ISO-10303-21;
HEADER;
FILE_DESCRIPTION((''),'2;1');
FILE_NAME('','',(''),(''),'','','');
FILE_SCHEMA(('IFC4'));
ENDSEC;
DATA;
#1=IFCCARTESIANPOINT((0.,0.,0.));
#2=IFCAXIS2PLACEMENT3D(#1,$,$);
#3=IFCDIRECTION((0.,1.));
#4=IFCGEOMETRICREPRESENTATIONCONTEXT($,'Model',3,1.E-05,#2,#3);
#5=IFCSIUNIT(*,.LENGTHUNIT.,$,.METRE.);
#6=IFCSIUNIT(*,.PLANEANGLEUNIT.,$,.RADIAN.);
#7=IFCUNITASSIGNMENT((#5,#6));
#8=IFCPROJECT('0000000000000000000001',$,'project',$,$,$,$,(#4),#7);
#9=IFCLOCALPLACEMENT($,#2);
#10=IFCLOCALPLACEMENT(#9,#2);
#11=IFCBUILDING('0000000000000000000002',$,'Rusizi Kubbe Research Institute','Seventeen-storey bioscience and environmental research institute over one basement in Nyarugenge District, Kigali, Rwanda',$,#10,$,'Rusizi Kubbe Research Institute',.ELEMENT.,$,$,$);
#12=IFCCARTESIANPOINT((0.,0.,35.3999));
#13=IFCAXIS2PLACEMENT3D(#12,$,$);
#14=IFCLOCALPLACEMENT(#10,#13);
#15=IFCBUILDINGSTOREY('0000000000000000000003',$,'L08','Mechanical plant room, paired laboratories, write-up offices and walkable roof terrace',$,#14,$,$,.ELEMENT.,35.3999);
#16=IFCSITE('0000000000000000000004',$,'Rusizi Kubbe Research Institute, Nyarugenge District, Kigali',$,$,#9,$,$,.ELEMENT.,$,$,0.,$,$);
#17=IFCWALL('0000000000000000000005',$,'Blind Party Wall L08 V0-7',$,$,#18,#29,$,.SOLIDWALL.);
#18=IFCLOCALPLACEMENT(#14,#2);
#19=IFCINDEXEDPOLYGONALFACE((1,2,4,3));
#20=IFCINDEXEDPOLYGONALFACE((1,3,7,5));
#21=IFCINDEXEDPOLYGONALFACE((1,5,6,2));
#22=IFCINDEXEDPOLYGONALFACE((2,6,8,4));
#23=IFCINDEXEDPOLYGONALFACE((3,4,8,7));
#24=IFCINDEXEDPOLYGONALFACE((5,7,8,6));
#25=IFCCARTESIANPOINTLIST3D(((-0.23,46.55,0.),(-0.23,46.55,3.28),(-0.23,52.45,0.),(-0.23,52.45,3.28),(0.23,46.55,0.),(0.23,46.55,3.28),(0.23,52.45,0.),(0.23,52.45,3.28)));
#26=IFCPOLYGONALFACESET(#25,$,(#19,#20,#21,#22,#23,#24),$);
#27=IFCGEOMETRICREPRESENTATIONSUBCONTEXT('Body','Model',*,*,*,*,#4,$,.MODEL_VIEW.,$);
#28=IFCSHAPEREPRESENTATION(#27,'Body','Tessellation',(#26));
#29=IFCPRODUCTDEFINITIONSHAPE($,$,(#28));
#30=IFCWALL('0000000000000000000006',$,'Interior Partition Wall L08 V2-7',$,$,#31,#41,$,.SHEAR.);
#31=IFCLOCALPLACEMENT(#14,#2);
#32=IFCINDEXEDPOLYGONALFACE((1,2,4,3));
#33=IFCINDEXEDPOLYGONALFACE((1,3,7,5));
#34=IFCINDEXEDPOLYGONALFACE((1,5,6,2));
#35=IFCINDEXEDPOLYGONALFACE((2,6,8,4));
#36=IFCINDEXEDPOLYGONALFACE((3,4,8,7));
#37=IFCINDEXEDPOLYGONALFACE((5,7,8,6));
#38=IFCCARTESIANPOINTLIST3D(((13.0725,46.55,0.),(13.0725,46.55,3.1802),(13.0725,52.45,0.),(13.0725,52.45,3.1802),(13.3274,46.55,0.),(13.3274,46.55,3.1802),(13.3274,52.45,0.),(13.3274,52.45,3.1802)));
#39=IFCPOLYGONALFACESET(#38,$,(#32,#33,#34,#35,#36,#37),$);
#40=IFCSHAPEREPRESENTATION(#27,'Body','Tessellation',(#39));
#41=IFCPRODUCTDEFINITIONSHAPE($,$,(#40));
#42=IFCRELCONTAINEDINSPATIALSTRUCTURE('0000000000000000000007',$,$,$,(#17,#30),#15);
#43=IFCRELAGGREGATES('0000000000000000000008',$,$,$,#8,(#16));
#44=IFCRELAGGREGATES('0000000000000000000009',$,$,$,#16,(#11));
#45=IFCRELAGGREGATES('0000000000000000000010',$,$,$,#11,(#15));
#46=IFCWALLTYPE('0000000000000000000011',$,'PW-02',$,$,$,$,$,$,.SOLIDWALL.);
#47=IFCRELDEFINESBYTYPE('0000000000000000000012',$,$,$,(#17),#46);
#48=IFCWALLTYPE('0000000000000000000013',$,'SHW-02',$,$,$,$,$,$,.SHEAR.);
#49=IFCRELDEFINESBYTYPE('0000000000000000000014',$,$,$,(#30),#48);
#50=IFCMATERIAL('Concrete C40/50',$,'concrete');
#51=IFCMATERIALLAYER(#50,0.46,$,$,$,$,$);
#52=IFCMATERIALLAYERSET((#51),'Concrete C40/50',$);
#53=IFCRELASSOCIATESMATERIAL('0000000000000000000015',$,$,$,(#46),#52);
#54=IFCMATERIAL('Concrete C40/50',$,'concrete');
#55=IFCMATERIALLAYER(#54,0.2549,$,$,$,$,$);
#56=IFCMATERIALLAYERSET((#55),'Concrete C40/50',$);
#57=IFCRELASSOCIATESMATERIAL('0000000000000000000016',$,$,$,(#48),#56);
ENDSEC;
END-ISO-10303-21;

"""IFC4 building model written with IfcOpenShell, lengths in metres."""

from ifc_helpers import new_model, si_unit, direction, frame, frame_2d, origin, place, context, subcontext, project, spatial, rectangle, extrude, material, layer, layer_set, type_object, element, save


model = new_model("IFC4")

# Units and contexts
model_context = context("Model", 3, precision=1e-05, world=origin(), true_north=direction((0.0, 1.0)))
body_context = subcontext(model_context, "Body", "Model", "MODEL_VIEW")
ifc_project = project(units=[si_unit("LENGTHUNIT", "METRE"), si_unit("PLANEANGLEUNIT", "RADIAN")], contexts=[model_context])

# Site, building, storey
site_placement = place(None, origin())
site = spatial("IfcSite", under=ifc_project, at=site_placement, Name="Rusizi Kubbe Research Institute, Nyarugenge District, Kigali", CompositionType="ELEMENT", RefElevation=0.0)
building_placement = place(site_placement, origin())
building = spatial("IfcBuilding", under=site, at=building_placement, Name="Rusizi Kubbe Research Institute", Description="Seventeen-storey bioscience and environmental research institute over one basement in Nyarugenge District, Kigali, Rwanda", LongName="Rusizi Kubbe Research Institute", CompositionType="ELEMENT")
storey_placement = place(building_placement, frame((0.0, 0.0, 35.3999)))
storey = spatial("IfcBuildingStorey", under=building, at=storey_placement, Name="L08", Description="Mechanical plant room, paired laboratories, write-up offices and walkable roof terrace", CompositionType="ELEMENT", Elevation=35.3999)

# Walls
ifc_material_1 = material(Name="Concrete C40/50", Category="concrete")
ifc_layer_1 = layer(ifc_material_1, 0.46)
ifc_layer_set_1 = layer_set([ifc_layer_1], Name="Concrete C40/50")
wall_type_1 = type_object("IfcWallType", Name="PW-02", PredefinedType="SOLIDWALL", material=ifc_layer_set_1)
wall_1_placement = place(storey_placement, frame((0.0, 46.55, 0.0), z_axis=(0.0, 0.0, 1.0), x_axis=(0.0, 1.0, 0.0)))
element("IfcWall", 1, at=wall_1_placement, inside=storey, type_object=wall_type_1, Name="Blind Party Wall L08 V0-7", PredefinedType="SOLIDWALL", context=body_context, shape_type="SweptSolid", body=[
    extrude(rectangle(XDim=5.8999, YDim=0.46, at=frame_2d((2.95, 0.0))), origin(), (0.0, 0.0, 1.0), 3.28),
])
ifc_material_2 = material(Name="Concrete C40/50", Category="concrete")
ifc_layer_2 = layer(ifc_material_2, 0.2549)
ifc_layer_set_2 = layer_set([ifc_layer_2], Name="Concrete C40/50")
wall_type_2 = type_object("IfcWallType", Name="SHW-02", PredefinedType="SHEAR", material=ifc_layer_set_2)
wall_2_placement = place(storey_placement, frame((13.2, 46.55, 0.0), z_axis=(0.0, 0.0, 1.0), x_axis=(0.0, 1.0, 0.0)))
element("IfcWall", 2, at=wall_2_placement, inside=storey, type_object=wall_type_2, Name="Interior Partition Wall L08 V2-7", PredefinedType="SHEAR", context=body_context, shape_type="SweptSolid", body=[
    extrude(rectangle(XDim=5.8999, YDim=0.2549, at=frame_2d((2.95, 0.0))), origin(), (0.0, 0.0, 1.0), 3.1802),
])

save(model, "model.ifc")
